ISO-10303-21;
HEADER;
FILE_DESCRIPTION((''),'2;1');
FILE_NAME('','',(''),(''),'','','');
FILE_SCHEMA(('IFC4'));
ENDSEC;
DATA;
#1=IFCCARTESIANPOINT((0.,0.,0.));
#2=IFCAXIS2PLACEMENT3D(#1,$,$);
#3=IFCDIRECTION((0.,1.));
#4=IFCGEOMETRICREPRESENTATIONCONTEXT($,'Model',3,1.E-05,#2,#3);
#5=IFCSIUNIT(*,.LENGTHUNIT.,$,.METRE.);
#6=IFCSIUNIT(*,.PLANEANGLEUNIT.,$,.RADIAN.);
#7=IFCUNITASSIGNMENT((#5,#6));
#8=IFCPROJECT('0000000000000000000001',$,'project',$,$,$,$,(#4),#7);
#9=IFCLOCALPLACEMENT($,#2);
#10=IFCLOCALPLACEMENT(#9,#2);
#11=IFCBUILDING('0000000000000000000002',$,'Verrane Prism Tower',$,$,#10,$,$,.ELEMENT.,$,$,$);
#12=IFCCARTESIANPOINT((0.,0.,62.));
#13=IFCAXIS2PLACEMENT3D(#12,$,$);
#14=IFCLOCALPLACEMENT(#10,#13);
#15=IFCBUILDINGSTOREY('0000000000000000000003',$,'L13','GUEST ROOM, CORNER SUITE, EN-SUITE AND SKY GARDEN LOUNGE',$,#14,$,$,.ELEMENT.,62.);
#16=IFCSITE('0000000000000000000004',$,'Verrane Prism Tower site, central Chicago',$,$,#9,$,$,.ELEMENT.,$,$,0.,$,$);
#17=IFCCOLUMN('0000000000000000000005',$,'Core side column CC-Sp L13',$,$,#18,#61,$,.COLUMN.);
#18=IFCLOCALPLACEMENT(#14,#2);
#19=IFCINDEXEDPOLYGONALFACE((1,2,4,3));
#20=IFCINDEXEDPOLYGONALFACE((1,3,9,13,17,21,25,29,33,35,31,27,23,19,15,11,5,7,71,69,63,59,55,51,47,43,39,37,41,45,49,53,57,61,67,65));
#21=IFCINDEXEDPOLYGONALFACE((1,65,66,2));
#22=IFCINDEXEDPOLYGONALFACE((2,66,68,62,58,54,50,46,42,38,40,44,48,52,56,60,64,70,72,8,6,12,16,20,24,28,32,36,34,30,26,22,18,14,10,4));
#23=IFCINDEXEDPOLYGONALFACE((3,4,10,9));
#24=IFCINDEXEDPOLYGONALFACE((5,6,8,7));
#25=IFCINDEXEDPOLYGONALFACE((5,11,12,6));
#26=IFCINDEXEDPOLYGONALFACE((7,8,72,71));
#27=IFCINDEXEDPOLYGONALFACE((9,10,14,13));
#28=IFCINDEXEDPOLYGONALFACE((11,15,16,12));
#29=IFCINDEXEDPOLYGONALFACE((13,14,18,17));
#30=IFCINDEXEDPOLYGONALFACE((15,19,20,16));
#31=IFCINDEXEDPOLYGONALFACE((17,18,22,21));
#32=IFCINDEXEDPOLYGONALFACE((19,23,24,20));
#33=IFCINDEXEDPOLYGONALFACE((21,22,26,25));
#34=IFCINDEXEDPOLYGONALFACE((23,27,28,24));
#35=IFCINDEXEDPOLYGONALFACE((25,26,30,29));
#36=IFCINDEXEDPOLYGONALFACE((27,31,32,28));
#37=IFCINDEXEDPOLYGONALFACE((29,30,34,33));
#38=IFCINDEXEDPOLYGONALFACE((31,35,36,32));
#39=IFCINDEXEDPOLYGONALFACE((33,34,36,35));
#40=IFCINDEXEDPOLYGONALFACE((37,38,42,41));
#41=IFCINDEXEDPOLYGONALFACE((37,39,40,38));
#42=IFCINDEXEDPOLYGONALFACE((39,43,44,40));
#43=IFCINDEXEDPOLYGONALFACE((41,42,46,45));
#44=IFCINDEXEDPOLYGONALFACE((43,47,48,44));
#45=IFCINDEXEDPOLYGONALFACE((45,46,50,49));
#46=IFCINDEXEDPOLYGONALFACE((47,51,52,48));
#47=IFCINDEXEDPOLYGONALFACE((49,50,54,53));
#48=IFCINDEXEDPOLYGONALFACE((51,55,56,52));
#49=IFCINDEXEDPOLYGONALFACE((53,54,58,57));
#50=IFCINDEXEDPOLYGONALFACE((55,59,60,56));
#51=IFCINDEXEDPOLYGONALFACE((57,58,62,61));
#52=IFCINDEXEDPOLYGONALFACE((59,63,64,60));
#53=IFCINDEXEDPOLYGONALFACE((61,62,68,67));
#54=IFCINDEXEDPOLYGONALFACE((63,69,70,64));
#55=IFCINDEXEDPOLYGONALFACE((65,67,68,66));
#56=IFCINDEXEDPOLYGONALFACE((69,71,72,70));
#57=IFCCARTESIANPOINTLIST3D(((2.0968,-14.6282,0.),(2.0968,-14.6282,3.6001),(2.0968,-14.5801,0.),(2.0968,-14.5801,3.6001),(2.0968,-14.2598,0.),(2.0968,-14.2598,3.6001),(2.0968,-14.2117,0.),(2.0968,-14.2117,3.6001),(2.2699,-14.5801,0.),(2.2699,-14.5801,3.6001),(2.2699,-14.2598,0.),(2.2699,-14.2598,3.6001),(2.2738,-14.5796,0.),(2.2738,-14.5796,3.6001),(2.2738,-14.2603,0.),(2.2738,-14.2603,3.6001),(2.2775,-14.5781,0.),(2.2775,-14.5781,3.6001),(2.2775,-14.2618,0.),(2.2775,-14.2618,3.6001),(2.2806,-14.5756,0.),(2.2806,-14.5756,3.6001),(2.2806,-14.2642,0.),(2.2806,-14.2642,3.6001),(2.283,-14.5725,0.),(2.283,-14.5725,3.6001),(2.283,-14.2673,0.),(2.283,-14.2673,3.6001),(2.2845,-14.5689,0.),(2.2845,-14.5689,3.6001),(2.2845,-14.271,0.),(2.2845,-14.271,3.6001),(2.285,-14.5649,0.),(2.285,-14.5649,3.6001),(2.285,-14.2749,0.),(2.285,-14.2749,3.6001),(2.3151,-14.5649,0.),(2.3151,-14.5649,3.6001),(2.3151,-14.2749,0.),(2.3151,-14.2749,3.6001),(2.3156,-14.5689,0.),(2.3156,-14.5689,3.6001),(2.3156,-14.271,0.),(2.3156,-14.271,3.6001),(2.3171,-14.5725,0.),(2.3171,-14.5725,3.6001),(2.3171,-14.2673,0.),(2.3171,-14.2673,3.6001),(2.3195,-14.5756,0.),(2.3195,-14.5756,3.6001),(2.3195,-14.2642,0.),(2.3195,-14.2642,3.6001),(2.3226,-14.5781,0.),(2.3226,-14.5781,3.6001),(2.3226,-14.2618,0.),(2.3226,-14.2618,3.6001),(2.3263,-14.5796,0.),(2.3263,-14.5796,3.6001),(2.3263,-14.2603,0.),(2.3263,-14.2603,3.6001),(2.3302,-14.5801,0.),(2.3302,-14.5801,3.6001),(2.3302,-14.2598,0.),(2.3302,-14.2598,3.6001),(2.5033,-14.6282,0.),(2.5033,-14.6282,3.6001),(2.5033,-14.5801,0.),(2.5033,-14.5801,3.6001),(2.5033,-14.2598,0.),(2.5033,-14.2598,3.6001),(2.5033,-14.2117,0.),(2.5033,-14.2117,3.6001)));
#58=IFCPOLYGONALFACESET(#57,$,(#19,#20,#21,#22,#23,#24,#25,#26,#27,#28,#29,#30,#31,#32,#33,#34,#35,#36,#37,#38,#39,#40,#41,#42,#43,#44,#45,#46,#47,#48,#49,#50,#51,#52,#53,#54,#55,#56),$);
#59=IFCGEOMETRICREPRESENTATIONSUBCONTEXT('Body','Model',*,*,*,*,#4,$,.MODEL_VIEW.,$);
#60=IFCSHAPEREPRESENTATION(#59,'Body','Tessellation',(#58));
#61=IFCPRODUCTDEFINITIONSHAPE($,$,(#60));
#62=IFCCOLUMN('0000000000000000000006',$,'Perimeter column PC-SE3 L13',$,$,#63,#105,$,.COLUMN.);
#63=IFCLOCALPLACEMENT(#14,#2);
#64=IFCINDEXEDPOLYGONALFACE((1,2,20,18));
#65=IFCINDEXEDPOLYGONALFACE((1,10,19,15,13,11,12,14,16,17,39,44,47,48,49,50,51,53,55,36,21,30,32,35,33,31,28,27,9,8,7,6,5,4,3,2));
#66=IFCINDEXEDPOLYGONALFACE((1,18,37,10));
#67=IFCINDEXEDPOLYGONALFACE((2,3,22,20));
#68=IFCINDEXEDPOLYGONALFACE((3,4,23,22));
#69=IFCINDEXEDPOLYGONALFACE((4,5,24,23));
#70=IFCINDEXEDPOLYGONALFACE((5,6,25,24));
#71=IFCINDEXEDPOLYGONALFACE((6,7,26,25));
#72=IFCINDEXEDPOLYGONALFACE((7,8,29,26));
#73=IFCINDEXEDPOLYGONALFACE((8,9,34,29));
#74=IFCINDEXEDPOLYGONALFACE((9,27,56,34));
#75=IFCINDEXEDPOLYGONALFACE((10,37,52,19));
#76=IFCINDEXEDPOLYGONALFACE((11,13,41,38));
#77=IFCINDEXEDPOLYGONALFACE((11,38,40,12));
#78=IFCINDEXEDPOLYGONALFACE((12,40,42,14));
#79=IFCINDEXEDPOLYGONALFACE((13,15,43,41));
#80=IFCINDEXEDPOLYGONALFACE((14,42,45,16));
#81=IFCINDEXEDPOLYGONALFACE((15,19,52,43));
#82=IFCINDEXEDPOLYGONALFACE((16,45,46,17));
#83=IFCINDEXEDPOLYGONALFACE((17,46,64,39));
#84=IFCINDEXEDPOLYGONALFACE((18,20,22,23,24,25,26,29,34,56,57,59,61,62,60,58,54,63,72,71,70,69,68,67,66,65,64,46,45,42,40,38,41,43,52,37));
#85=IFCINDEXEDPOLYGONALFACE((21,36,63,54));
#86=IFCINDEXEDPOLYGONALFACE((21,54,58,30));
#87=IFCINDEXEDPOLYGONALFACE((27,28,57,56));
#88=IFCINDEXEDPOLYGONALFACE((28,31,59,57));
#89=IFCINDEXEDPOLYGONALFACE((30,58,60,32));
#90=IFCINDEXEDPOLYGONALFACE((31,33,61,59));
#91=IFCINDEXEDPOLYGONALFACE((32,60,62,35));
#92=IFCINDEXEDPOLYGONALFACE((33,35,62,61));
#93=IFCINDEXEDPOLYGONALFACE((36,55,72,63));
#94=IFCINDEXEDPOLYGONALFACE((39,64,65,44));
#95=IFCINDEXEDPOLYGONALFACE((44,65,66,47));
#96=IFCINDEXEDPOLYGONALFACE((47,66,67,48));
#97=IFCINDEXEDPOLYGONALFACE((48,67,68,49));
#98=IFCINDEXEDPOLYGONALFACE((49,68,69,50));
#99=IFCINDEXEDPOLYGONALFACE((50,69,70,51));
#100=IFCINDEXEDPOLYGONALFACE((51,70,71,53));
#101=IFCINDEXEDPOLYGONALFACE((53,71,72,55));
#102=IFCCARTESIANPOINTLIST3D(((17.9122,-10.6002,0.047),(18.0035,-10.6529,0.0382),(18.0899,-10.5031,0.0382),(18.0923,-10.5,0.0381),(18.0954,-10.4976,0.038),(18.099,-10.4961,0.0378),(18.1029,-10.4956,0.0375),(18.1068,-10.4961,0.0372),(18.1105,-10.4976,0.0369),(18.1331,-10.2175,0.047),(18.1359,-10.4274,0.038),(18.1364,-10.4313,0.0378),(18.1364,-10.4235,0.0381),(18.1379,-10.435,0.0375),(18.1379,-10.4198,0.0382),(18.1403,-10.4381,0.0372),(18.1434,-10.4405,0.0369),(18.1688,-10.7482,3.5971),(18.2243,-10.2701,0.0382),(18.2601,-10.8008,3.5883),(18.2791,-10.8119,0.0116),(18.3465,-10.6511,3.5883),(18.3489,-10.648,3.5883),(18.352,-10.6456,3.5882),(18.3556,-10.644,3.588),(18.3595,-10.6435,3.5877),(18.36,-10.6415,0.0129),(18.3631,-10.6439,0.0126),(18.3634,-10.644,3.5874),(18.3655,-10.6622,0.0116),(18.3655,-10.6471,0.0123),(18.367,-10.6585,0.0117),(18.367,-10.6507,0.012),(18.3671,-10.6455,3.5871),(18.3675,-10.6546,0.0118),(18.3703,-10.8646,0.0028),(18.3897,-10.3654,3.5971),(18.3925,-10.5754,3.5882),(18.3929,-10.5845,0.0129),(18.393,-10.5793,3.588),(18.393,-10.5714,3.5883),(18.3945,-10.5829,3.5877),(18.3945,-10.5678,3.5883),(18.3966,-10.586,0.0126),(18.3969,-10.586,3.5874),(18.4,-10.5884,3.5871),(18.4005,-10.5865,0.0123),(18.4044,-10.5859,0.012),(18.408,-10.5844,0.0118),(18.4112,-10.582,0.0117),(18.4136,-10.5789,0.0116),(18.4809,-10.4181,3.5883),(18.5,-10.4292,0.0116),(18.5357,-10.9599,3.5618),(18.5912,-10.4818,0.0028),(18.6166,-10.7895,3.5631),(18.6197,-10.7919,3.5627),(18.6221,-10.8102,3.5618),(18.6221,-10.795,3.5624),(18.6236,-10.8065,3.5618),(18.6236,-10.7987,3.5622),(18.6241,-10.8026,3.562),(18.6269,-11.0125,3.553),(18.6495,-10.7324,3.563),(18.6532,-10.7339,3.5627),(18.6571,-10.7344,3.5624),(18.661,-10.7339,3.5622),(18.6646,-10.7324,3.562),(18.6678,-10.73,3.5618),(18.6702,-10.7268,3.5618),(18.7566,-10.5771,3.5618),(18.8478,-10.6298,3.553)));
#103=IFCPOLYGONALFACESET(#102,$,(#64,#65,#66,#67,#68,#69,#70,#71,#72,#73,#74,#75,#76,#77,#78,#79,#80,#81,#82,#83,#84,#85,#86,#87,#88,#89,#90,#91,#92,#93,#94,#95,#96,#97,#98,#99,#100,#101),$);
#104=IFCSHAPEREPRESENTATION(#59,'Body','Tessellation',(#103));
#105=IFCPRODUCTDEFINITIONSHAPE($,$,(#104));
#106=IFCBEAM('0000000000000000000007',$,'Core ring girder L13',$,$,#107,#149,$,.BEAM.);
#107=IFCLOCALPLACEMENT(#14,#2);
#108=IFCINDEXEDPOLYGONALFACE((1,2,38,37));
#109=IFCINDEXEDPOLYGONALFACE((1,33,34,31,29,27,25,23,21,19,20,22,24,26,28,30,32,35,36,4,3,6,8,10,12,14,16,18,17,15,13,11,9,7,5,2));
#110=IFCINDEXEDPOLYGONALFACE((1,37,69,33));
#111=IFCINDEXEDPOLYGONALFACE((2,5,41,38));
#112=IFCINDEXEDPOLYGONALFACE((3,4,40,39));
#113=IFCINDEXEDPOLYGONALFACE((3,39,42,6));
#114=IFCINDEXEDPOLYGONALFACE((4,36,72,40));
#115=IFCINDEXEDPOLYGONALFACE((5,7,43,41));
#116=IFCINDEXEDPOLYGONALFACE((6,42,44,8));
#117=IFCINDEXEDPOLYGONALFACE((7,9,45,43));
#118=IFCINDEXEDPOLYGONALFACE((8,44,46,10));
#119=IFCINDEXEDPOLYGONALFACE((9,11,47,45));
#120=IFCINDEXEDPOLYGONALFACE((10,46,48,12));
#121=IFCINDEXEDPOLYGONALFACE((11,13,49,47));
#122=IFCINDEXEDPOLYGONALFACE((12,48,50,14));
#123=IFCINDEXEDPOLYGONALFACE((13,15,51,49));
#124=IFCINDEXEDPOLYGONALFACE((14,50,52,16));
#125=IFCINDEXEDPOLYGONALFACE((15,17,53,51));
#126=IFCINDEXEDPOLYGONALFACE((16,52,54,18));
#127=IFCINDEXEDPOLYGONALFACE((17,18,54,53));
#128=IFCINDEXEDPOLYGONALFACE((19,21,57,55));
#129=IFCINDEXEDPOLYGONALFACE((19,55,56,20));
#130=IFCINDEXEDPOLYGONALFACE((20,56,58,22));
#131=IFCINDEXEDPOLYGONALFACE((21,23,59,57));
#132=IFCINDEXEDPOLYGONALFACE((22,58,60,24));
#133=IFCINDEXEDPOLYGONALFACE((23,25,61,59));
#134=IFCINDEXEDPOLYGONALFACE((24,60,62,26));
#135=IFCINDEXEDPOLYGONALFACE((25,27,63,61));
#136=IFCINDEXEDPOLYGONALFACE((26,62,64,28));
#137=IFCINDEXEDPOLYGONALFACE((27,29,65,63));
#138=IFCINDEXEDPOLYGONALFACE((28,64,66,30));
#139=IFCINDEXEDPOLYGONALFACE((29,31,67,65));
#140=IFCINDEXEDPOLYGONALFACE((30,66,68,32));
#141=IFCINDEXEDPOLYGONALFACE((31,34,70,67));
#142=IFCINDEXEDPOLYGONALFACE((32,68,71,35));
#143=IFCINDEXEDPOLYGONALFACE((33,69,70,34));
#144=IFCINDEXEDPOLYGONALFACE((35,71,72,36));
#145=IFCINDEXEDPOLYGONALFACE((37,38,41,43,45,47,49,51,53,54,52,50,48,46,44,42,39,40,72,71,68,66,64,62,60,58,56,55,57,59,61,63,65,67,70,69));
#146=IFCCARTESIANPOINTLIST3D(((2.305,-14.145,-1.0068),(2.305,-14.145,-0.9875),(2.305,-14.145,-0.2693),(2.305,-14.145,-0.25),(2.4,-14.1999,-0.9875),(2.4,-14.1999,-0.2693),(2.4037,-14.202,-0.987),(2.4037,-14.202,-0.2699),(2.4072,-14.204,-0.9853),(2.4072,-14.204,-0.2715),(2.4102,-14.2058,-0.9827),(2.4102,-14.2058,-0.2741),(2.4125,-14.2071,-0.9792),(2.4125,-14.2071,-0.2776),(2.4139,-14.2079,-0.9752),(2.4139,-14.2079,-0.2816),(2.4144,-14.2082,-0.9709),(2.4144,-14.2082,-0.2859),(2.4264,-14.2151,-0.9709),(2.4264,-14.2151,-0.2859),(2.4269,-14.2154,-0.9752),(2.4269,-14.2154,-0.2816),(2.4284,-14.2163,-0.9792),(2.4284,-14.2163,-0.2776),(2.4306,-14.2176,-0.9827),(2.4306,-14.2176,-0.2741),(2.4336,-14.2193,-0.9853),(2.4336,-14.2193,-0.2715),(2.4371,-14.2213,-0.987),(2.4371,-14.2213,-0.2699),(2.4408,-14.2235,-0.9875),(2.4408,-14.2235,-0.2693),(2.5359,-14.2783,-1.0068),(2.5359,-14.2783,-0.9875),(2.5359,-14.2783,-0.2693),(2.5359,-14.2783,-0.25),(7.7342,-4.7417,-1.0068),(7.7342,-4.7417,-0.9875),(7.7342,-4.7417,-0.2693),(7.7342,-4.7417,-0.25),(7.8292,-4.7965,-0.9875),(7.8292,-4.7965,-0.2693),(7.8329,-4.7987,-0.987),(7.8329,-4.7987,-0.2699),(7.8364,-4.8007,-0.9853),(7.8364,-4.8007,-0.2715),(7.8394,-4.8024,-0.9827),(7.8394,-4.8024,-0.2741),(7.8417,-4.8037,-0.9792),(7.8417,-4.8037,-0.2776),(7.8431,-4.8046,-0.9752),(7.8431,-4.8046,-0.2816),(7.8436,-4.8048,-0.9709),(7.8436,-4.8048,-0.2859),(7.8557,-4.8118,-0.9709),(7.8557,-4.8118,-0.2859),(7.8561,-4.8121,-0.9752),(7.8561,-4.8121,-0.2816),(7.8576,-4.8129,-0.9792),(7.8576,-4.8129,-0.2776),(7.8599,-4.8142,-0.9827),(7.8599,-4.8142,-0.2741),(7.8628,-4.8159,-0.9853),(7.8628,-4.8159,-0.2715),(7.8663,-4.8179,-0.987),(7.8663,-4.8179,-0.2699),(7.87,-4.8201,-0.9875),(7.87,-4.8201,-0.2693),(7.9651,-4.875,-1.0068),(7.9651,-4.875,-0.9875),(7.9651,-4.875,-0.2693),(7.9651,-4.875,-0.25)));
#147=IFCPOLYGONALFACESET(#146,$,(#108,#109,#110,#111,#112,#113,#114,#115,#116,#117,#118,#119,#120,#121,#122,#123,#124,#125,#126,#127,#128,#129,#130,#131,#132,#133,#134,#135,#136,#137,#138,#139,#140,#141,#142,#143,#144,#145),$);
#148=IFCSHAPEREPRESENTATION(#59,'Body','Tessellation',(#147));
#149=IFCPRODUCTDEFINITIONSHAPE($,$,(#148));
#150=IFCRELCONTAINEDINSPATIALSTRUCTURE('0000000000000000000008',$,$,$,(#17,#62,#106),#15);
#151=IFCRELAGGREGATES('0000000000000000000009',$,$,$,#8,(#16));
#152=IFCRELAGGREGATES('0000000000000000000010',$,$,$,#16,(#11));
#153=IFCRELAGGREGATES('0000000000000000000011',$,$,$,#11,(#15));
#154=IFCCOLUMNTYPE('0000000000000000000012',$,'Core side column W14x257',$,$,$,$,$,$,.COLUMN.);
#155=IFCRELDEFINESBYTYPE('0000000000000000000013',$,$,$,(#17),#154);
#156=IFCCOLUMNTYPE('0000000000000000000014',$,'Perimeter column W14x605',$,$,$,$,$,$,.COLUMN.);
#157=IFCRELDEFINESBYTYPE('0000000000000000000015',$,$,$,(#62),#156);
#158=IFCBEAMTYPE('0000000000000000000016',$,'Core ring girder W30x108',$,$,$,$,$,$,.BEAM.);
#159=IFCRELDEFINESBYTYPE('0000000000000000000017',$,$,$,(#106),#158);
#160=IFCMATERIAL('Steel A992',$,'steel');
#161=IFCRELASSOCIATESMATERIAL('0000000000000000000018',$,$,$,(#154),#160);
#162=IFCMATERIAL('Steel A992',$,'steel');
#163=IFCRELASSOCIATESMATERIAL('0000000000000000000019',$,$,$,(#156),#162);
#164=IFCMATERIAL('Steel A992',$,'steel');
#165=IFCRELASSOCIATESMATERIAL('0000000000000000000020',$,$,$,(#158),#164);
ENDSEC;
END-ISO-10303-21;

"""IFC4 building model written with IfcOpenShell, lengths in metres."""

from ifc_helpers import new_model, si_unit, direction, frame, origin, origin_2d, place, context, subcontext, project, spatial, i_section, extrude, material, material_profile, profile_set, type_object, element, save


model = new_model("IFC4")

# Units and contexts
model_context = context("Model", 3, precision=1e-05, world=origin(), true_north=direction((0.0, 1.0)))
body_context = subcontext(model_context, "Body", "Model", "MODEL_VIEW")
ifc_project = project(units=[si_unit("LENGTHUNIT", "METRE"), si_unit("PLANEANGLEUNIT", "RADIAN")], contexts=[model_context])

# Site, building, storey
site_placement = place(None, origin())
site = spatial("IfcSite", under=ifc_project, at=site_placement, Name="Verrane Prism Tower site, central Chicago", CompositionType="ELEMENT", RefElevation=0.0)
building_placement = place(site_placement, origin())
building = spatial("IfcBuilding", under=site, at=building_placement, Name="Verrane Prism Tower", CompositionType="ELEMENT")
storey_placement = place(building_placement, frame((0.0, 0.0, 62.0)))
storey = spatial("IfcBuildingStorey", under=building, at=storey_placement, Name="L13", Description="GUEST ROOM, CORNER SUITE, EN-SUITE AND SKY GARDEN LOUNGE", CompositionType="ELEMENT", Elevation=62.0)

# Columns
ifc_material_1 = material(Name="Steel A992", Category="steel")
ifc_material_profile_1 = material_profile(ifc_material_1, i_section(OverallWidth=0.4065, OverallDepth=0.4165, WebThickness=0.03, FlangeThickness=0.0481, FilletRadius=0.0151, at=origin_2d()), Name="W14x257")
ifc_profile_set_1 = profile_set([ifc_material_profile_1], Name="Steel A992")
column_type_1 = type_object("IfcColumnType", Name="Core side column W14x257", PredefinedType="COLUMN", material=ifc_profile_set_1)
column_1_placement = place(storey_placement, frame((2.3, -14.4199, 0.0), z_axis=(0.0, 0.0, 1.0), x_axis=(1.0, 0.0, 0.0)))
element("IfcColumn", 1, at=column_1_placement, inside=storey, type_object=column_type_1, Name="Core side column CC-Sp L13", PredefinedType="COLUMN", context=body_context, shape_type="SweptSolid", body=[
    extrude(i_section(OverallWidth=0.4065, OverallDepth=0.4165, WebThickness=0.03, FlangeThickness=0.0481, FilletRadius=0.0151, at=origin_2d()), origin(), (0.0, 0.0, 1.0), 3.6001),
])
ifc_material_2 = material(Name="Steel A992", Category="steel")
ifc_material_profile_2 = material_profile(ifc_material_2, i_section(OverallWidth=0.4419, OverallDepth=0.5308, WebThickness=0.0659, FlangeThickness=0.1057, FilletRadius=0.0151, at=origin_2d()), Name="W14x605")
ifc_profile_set_2 = profile_set([ifc_material_profile_2], Name="Steel A992")
column_type_2 = type_object("IfcColumnType", Name="Perimeter column W14x605", PredefinedType="COLUMN", material=ifc_profile_set_2)
column_2_placement = place(storey_placement, frame((18.2517, -10.541, 0.0249), z_axis=(0.072028, -0.041531, 0.996538), x_axis=(-0.499786, -0.866149, 0.000027)))
element("IfcColumn", 2, at=column_2_placement, inside=storey, type_object=column_type_2, Name="Perimeter column PC-SE3 L13", PredefinedType="COLUMN", context=body_context, shape_type="SweptSolid", body=[
    extrude(i_section(OverallWidth=0.4419, OverallDepth=0.5308, WebThickness=0.0659, FlangeThickness=0.1057, FilletRadius=0.0151, at=origin_2d()), origin(), (0.0, 0.0, 1.0), 3.5625),
])

# Beam
ifc_material_3 = material(Name="Steel A992", Category="steel")
ifc_material_profile_3 = material_profile(ifc_material_3, i_section(OverallWidth=0.2666, OverallDepth=0.7568, WebThickness=0.0139, FlangeThickness=0.0193, FilletRadius=0.0166, at=origin_2d()), Name="W30x108")
ifc_profile_set_3 = profile_set([ifc_material_profile_3], Name="Steel A992")
beam_type_1 = type_object("IfcBeamType", Name="Core ring girder W30x108", PredefinedType="BEAM", material=ifc_profile_set_3)
beam_1_placement = place(storey_placement, frame((2.4204, -14.2117, -0.6284), z_axis=(0.500013, 0.866018, 0.0), x_axis=(-0.866018, 0.500013, 0.0)))
element("IfcBeam", 3, at=beam_1_placement, inside=storey, type_object=beam_type_1, Name="Core ring girder L13", PredefinedType="BEAM", context=body_context, shape_type="SweptSolid", body=[
    extrude(i_section(OverallWidth=0.2666, OverallDepth=0.7568, WebThickness=0.0139, FlangeThickness=0.0193, FilletRadius=0.0166, at=origin_2d()), origin(), (0.0, 0.0, 1.0), 10.8582),
])

save(model, "model.ifc")
